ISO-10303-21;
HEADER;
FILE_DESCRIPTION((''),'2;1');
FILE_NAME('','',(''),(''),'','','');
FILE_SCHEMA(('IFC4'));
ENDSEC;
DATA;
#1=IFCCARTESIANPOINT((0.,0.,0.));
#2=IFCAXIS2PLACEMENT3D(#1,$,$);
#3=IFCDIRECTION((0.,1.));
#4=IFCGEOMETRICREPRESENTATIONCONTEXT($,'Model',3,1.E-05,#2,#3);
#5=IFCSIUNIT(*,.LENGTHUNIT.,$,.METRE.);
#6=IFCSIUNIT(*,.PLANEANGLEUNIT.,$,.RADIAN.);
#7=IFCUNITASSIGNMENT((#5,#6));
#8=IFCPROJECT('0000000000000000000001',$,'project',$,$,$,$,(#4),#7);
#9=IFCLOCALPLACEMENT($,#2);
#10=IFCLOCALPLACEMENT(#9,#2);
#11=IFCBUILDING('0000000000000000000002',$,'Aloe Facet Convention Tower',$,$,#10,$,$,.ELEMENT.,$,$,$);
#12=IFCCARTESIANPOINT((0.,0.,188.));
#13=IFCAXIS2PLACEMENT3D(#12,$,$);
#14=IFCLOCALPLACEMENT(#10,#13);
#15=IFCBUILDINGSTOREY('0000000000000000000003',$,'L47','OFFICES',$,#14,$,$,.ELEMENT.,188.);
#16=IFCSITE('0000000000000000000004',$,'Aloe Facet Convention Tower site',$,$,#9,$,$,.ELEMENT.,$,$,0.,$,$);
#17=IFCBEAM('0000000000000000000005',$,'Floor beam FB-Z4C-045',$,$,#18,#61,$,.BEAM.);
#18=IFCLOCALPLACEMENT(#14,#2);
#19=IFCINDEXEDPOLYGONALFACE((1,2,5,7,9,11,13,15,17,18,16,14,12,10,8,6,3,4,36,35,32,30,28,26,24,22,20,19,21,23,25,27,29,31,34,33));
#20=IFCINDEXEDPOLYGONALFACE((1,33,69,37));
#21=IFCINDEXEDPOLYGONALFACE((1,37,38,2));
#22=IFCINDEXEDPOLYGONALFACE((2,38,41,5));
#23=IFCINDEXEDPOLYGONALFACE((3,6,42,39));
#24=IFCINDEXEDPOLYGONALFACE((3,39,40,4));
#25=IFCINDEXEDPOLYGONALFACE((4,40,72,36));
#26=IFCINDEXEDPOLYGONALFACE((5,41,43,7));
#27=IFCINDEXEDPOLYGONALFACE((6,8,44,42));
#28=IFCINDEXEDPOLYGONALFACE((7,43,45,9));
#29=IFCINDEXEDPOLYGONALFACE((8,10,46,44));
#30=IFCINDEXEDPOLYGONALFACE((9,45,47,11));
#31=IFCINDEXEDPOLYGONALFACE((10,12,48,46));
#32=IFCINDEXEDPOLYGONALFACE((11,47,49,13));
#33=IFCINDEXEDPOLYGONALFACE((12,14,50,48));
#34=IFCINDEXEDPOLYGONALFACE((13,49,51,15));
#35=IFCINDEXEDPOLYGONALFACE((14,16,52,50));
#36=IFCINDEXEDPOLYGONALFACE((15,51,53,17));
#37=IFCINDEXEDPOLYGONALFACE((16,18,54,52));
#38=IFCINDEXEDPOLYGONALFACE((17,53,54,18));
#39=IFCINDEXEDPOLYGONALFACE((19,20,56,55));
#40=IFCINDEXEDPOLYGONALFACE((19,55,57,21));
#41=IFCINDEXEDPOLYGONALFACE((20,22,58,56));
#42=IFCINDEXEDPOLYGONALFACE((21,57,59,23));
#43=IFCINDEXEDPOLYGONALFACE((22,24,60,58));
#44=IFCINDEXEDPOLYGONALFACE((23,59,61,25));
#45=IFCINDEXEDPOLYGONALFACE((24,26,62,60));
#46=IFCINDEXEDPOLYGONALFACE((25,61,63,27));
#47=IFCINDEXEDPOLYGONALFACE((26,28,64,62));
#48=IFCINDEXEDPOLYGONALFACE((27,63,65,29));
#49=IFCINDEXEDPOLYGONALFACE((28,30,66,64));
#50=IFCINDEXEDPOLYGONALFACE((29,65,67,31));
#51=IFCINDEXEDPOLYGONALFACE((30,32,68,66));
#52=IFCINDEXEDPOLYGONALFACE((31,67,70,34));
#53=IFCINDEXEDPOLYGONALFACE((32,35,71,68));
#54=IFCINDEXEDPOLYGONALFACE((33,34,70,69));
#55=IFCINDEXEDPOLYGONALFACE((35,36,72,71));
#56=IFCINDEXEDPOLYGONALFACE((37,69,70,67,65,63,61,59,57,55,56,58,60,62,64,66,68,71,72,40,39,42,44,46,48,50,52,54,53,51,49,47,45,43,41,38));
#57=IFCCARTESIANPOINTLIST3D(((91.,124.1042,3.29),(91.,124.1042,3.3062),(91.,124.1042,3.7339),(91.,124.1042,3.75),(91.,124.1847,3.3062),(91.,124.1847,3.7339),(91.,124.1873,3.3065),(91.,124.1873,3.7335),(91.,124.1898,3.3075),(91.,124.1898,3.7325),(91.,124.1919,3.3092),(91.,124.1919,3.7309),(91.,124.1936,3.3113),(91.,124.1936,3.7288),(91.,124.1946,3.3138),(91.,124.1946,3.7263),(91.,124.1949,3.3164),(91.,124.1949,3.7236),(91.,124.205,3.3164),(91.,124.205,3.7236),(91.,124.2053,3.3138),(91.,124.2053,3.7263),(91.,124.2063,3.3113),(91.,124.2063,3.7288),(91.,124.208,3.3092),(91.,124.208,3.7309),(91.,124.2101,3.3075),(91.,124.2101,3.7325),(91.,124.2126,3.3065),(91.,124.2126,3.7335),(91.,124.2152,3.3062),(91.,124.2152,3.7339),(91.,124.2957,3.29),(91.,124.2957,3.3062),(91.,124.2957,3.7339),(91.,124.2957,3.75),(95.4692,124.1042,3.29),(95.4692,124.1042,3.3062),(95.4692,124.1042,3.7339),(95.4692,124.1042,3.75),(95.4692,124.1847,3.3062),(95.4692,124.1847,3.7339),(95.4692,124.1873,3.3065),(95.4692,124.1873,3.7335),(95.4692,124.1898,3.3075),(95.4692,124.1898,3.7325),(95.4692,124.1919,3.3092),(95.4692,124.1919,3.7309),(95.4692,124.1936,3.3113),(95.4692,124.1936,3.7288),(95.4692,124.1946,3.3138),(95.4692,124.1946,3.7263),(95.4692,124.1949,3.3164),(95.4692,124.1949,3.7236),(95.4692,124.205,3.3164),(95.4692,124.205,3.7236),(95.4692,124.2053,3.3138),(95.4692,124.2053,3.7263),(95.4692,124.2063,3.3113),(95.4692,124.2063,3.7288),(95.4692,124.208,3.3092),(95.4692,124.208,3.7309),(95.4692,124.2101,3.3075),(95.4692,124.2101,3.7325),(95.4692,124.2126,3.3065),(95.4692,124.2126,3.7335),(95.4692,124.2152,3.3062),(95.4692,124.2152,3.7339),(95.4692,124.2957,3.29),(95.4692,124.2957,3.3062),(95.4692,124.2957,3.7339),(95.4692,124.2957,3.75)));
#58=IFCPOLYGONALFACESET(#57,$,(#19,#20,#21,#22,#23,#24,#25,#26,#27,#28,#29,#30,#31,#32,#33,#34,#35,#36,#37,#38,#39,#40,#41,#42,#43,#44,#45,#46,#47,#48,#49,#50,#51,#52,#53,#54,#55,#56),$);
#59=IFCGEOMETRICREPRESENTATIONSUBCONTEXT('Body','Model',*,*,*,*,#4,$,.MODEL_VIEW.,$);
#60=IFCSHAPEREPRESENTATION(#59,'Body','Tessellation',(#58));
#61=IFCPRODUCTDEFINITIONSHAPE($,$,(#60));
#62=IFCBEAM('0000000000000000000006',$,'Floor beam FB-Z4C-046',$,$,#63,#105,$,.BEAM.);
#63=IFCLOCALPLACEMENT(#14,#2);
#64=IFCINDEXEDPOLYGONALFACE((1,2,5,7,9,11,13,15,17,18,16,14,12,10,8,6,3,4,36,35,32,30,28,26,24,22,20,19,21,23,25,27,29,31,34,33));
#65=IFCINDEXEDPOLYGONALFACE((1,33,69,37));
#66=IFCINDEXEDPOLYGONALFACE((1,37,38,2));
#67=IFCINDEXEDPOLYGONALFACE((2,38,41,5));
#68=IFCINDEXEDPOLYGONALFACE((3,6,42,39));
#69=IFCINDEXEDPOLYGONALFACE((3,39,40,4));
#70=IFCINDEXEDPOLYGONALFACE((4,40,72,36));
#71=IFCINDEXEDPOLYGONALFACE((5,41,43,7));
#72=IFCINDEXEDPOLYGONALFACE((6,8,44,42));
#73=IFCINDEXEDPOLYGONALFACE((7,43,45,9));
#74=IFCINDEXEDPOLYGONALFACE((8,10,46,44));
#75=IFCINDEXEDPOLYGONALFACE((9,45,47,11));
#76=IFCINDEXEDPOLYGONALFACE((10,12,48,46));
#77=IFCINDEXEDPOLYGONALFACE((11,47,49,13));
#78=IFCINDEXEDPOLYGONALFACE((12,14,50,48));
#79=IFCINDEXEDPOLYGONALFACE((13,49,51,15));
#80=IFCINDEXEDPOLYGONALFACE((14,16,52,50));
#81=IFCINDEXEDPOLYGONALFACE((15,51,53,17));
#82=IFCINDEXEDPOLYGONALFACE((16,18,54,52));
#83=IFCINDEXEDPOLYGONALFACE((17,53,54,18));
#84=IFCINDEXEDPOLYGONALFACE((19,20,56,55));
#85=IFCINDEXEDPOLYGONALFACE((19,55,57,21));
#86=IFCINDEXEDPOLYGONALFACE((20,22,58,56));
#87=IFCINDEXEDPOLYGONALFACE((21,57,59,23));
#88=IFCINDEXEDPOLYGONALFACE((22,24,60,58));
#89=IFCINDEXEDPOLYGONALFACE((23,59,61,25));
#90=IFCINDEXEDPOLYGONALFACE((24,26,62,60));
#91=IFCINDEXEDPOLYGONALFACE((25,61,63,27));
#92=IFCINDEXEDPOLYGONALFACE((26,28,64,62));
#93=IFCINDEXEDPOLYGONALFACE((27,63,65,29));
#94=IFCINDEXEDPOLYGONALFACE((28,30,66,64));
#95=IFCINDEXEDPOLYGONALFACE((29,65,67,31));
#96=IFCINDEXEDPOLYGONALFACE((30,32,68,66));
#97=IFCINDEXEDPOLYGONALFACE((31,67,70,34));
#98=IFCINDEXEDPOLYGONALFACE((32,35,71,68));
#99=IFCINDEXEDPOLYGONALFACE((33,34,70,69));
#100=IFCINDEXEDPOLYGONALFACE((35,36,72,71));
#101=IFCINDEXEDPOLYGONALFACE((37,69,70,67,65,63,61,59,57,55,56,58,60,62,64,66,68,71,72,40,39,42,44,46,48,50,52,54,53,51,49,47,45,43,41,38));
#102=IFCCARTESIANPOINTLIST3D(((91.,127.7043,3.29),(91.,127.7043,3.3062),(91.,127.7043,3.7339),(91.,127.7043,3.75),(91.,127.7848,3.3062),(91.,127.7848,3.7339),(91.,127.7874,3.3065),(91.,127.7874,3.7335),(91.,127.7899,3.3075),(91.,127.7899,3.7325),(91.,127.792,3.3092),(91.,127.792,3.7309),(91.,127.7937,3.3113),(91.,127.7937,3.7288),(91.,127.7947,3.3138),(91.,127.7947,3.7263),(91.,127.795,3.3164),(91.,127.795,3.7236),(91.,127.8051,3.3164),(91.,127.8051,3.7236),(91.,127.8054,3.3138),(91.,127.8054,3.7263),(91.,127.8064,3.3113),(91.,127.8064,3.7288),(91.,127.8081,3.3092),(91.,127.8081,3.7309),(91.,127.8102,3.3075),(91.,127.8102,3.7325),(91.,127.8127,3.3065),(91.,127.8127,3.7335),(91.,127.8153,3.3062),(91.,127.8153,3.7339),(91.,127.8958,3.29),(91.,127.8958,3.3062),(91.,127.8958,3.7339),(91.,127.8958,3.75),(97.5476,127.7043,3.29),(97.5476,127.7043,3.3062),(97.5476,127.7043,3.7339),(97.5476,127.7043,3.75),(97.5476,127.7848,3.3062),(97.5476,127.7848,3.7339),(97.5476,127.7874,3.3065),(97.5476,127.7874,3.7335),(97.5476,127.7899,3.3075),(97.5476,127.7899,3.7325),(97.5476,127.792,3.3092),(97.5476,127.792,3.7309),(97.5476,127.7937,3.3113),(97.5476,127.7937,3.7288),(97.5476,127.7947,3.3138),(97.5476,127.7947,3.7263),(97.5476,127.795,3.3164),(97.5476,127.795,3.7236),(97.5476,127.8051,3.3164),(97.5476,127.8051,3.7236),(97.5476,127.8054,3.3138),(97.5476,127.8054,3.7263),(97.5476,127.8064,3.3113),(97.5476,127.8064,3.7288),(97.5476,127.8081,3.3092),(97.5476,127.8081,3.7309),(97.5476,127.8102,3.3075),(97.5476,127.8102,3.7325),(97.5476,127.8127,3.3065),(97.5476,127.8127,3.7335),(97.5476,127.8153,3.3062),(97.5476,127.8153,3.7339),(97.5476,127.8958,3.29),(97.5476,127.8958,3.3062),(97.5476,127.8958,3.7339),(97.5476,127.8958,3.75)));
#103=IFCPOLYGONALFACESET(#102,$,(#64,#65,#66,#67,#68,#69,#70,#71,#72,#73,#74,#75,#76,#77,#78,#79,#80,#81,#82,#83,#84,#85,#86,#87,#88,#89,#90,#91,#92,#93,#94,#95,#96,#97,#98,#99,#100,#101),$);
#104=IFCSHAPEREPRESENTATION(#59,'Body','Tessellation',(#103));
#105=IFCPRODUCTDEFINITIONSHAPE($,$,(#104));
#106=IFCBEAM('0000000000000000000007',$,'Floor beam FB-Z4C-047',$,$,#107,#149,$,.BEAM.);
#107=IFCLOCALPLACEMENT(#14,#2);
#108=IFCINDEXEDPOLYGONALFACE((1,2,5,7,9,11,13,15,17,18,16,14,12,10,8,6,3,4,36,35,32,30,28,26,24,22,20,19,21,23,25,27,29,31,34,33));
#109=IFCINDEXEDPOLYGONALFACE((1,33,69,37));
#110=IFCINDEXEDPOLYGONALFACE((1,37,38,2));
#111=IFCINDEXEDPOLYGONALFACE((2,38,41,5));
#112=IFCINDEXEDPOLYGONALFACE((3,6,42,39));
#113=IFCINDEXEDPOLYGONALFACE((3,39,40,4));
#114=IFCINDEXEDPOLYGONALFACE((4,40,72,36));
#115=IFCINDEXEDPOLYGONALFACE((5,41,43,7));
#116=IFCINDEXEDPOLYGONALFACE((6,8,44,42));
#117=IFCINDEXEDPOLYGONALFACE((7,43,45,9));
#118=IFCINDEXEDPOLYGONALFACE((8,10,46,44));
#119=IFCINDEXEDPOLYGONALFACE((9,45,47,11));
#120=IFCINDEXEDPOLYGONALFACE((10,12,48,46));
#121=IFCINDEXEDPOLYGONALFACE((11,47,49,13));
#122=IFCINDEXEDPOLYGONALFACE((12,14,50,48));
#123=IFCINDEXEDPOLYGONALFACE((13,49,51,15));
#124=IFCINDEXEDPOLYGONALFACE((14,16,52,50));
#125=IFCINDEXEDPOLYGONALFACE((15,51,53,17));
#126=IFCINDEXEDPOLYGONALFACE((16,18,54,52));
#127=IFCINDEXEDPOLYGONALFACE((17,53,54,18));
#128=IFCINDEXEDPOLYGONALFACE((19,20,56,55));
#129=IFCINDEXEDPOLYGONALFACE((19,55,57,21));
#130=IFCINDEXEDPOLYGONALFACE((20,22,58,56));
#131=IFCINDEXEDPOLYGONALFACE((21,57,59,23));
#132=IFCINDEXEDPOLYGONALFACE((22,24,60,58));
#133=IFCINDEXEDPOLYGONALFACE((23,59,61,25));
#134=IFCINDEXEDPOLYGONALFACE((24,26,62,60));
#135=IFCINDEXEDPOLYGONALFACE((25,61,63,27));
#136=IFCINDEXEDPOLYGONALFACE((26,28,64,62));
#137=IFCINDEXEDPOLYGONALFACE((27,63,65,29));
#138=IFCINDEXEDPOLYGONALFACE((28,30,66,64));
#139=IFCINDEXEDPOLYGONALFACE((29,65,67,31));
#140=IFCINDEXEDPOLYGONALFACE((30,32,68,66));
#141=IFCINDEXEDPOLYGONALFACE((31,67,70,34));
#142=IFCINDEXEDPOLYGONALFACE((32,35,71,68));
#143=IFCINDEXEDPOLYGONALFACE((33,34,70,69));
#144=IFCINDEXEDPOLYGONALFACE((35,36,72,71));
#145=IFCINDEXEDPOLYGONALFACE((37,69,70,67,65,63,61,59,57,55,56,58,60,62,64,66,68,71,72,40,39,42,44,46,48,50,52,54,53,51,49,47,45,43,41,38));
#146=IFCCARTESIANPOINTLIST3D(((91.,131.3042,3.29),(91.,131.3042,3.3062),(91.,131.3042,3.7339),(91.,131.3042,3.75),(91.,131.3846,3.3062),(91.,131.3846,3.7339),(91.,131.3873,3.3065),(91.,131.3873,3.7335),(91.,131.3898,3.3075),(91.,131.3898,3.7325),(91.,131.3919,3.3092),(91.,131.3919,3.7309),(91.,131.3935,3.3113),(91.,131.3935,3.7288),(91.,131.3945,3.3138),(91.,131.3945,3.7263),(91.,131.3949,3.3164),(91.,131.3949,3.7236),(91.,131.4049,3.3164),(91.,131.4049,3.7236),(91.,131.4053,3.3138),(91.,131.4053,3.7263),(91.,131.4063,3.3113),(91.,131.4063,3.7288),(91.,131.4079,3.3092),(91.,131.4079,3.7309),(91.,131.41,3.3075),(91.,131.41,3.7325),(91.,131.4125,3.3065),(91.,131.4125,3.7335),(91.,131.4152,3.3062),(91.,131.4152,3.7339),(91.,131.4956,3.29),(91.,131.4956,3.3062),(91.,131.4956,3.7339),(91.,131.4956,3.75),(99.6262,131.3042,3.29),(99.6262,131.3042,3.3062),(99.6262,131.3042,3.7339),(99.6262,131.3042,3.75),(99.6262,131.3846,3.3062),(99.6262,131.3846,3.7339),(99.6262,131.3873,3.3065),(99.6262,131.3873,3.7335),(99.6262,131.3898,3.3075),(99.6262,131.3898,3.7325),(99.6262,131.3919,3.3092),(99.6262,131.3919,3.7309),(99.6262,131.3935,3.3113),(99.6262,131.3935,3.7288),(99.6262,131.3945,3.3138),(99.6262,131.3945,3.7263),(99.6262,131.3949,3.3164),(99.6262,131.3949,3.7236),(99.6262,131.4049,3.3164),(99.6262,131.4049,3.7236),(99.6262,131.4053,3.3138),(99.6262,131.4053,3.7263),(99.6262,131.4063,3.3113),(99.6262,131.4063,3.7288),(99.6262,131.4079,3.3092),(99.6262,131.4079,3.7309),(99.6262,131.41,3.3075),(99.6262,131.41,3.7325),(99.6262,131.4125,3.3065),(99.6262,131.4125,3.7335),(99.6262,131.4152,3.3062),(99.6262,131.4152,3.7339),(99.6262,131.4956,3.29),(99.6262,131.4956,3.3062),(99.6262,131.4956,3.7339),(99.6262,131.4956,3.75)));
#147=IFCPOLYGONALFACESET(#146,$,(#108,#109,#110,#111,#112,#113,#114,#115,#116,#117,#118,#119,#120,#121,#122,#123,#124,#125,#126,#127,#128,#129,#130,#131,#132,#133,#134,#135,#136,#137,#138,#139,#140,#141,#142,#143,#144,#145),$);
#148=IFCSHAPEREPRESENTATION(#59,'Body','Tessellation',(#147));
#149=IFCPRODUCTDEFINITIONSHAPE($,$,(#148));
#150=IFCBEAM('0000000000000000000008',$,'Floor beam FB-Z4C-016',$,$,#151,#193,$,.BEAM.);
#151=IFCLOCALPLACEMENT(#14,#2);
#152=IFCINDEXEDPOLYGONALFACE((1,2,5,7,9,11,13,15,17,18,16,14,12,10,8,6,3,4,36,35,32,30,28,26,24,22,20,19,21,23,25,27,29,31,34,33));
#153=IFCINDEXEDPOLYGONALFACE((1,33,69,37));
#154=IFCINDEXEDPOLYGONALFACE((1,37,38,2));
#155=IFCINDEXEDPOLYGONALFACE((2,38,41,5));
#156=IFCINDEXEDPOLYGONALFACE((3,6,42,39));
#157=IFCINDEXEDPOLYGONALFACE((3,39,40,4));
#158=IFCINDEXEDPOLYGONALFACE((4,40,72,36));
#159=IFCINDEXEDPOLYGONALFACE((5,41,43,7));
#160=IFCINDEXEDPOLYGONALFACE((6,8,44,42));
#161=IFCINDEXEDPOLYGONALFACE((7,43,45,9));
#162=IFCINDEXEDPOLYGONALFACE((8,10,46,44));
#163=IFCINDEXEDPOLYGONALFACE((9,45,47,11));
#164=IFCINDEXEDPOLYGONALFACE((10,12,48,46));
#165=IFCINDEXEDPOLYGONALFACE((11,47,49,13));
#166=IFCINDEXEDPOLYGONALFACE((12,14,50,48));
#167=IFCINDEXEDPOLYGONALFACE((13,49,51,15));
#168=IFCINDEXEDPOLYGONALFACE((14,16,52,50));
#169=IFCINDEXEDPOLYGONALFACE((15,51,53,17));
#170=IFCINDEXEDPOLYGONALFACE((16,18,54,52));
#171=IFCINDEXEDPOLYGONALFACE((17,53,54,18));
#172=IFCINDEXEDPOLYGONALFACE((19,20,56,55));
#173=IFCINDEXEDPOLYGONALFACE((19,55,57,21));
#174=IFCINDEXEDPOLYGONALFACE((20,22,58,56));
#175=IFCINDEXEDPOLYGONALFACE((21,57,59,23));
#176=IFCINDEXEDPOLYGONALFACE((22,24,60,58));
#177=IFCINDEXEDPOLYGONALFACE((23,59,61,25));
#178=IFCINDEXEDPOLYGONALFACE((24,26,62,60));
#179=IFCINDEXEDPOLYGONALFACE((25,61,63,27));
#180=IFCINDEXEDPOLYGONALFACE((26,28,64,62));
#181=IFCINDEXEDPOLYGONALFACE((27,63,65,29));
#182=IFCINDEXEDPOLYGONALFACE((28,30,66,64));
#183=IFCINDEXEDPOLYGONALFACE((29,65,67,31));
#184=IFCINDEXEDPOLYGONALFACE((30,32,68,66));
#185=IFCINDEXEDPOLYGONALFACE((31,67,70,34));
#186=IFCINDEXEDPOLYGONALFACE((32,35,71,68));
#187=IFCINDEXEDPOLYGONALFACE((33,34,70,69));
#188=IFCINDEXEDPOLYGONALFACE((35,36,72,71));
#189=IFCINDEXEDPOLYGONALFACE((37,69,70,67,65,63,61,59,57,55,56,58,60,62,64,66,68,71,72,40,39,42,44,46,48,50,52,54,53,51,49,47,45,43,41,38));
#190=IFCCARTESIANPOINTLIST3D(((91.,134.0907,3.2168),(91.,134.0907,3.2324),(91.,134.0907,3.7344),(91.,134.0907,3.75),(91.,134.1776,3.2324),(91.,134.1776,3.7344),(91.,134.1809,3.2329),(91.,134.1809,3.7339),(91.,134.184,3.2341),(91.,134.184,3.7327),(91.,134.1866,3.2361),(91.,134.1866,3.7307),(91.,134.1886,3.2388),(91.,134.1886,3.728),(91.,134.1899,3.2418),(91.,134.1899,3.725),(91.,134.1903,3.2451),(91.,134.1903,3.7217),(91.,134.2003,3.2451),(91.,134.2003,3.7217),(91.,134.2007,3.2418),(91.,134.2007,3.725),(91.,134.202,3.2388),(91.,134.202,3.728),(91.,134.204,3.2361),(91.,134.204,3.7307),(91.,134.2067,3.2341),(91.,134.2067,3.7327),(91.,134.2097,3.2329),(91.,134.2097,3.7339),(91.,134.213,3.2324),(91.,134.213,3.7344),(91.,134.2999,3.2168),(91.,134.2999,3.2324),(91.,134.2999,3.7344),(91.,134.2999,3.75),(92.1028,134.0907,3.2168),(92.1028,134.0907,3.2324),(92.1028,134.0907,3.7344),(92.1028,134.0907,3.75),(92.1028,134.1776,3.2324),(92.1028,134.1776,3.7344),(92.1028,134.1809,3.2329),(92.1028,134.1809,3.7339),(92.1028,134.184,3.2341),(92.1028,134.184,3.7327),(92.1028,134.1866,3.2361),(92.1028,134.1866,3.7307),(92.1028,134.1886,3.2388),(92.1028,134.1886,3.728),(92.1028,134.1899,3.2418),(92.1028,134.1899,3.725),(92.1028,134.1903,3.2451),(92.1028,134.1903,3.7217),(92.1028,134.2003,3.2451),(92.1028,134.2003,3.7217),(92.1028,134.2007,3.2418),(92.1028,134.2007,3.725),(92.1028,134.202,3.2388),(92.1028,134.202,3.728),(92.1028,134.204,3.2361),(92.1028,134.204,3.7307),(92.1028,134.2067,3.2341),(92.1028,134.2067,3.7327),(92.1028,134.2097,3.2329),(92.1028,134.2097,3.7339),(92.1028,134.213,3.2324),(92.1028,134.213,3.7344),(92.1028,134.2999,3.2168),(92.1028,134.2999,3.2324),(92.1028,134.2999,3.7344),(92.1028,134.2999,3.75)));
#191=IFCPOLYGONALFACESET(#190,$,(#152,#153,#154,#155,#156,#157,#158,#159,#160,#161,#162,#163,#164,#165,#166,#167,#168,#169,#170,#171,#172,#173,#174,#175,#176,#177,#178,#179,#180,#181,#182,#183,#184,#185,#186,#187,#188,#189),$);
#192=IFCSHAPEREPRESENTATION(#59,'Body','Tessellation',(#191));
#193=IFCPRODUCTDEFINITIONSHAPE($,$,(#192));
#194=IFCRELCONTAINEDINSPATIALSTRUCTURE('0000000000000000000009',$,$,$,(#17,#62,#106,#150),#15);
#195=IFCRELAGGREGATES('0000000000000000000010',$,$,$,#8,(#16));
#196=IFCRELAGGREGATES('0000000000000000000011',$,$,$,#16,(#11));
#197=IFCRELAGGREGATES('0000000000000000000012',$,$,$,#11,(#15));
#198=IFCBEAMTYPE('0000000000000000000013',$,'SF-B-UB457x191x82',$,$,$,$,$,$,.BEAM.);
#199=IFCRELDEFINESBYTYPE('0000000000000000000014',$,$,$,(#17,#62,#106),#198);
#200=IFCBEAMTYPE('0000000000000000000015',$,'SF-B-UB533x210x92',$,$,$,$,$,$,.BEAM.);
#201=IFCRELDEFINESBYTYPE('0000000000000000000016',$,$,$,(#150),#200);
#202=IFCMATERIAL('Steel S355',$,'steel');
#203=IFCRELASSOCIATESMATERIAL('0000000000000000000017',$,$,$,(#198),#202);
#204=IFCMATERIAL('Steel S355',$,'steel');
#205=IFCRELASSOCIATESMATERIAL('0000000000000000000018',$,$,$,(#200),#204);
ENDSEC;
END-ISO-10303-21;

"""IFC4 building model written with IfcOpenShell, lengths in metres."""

from ifc_helpers import new_model, si_unit, direction, frame, origin, origin_2d, place, context, subcontext, project, spatial, i_section, extrude, material, material_profile, profile_set, type_object, element, save


model = new_model("IFC4")

# Units and contexts
model_context = context("Model", 3, precision=1e-05, world=origin(), true_north=direction((0.0, 1.0)))
body_context = subcontext(model_context, "Body", "Model", "MODEL_VIEW")
ifc_project = project(units=[si_unit("LENGTHUNIT", "METRE"), si_unit("PLANEANGLEUNIT", "RADIAN")], contexts=[model_context])

# Site, building, storey
site_placement = place(None, origin())
site = spatial("IfcSite", under=ifc_project, at=site_placement, Name="Aloe Facet Convention Tower site", CompositionType="ELEMENT", RefElevation=0.0)
building_placement = place(site_placement, origin())
building = spatial("IfcBuilding", under=site, at=building_placement, Name="Aloe Facet Convention Tower", CompositionType="ELEMENT")
storey_placement = place(building_placement, frame((0.0, 0.0, 188.0)))
storey = spatial("IfcBuildingStorey", under=building, at=storey_placement, Name="L47", Description="OFFICES", CompositionType="ELEMENT", Elevation=188.0)

# Beams
ifc_material_1 = material(Name="Steel S355", Category="steel")
ifc_material_profile_1 = material_profile(ifc_material_1, i_section(OverallWidth=0.1914, OverallDepth=0.46, WebThickness=0.01, FlangeThickness=0.0161, FilletRadius=0.0103, at=origin_2d()), Name="UB 457x191x82")
ifc_profile_set_1 = profile_set([ifc_material_profile_1], Name="Steel S355")
beam_type_1 = type_object("IfcBeamType", Name="SF-B-UB457x191x82", PredefinedType="BEAM", material=ifc_profile_set_1)
beam_1_placement = place(storey_placement, frame((91.0, 124.2, 3.52), z_axis=(1.0, 0.0, 0.0), x_axis=(0.0, 1.0, 0.0)))
element("IfcBeam", 1, at=beam_1_placement, inside=storey, type_object=beam_type_1, Name="Floor beam FB-Z4C-045", PredefinedType="BEAM", context=body_context, shape_type="SweptSolid", body=[
    extrude(i_section(OverallWidth=0.1914, OverallDepth=0.46, WebThickness=0.01, FlangeThickness=0.0161, FilletRadius=0.0103, at=origin_2d()), origin(), (0.0, 0.0, 1.0), 4.4692),
])
beam_2_placement = place(storey_placement, frame((91.0, 127.8, 3.52), z_axis=(1.0, 0.0, 0.0), x_axis=(0.0, 1.0, 0.0)))
element("IfcBeam", 2, at=beam_2_placement, inside=storey, type_object=beam_type_1, Name="Floor beam FB-Z4C-046", PredefinedType="BEAM", context=body_context, shape_type="SweptSolid", body=[
    extrude(i_section(OverallWidth=0.1914, OverallDepth=0.46, WebThickness=0.01, FlangeThickness=0.0161, FilletRadius=0.0103, at=origin_2d()), origin(), (0.0, 0.0, 1.0), 6.5476),
])
beam_3_placement = place(storey_placement, frame((91.0, 131.3999, 3.52), z_axis=(1.0, 0.0, 0.0), x_axis=(0.0, 1.0, 0.0)))
element("IfcBeam", 3, at=beam_3_placement, inside=storey, type_object=beam_type_1, Name="Floor beam FB-Z4C-047", PredefinedType="BEAM", context=body_context, shape_type="SweptSolid", body=[
    extrude(i_section(OverallWidth=0.1914, OverallDepth=0.46, WebThickness=0.01, FlangeThickness=0.0161, FilletRadius=0.0103, at=origin_2d()), origin(), (0.0, 0.0, 1.0), 8.6262),
])
ifc_material_2 = material(Name="Steel S355", Category="steel")
ifc_material_profile_2 = material_profile(ifc_material_2, i_section(OverallWidth=0.2092, OverallDepth=0.5332, WebThickness=0.01, FlangeThickness=0.0156, FilletRadius=0.0127, at=origin_2d()), Name="UB 533x210x92")
ifc_profile_set_2 = profile_set([ifc_material_profile_2], Name="Steel S355")
beam_type_2 = type_object("IfcBeamType", Name="SF-B-UB533x210x92", PredefinedType="BEAM", material=ifc_profile_set_2)
beam_4_placement = place(storey_placement, frame((91.0, 134.1953, 3.4834), z_axis=(1.0, 0.0, 0.0), x_axis=(0.0, 1.0, 0.0)))
element("IfcBeam", 4, at=beam_4_placement, inside=storey, type_object=beam_type_2, Name="Floor beam FB-Z4C-016", PredefinedType="BEAM", context=body_context, shape_type="SweptSolid", body=[
    extrude(i_section(OverallWidth=0.2092, OverallDepth=0.5332, WebThickness=0.01, FlangeThickness=0.0156, FilletRadius=0.0127, at=origin_2d()), origin(), (0.0, 0.0, 1.0), 1.1028),
])

save(model, "model.ifc")
